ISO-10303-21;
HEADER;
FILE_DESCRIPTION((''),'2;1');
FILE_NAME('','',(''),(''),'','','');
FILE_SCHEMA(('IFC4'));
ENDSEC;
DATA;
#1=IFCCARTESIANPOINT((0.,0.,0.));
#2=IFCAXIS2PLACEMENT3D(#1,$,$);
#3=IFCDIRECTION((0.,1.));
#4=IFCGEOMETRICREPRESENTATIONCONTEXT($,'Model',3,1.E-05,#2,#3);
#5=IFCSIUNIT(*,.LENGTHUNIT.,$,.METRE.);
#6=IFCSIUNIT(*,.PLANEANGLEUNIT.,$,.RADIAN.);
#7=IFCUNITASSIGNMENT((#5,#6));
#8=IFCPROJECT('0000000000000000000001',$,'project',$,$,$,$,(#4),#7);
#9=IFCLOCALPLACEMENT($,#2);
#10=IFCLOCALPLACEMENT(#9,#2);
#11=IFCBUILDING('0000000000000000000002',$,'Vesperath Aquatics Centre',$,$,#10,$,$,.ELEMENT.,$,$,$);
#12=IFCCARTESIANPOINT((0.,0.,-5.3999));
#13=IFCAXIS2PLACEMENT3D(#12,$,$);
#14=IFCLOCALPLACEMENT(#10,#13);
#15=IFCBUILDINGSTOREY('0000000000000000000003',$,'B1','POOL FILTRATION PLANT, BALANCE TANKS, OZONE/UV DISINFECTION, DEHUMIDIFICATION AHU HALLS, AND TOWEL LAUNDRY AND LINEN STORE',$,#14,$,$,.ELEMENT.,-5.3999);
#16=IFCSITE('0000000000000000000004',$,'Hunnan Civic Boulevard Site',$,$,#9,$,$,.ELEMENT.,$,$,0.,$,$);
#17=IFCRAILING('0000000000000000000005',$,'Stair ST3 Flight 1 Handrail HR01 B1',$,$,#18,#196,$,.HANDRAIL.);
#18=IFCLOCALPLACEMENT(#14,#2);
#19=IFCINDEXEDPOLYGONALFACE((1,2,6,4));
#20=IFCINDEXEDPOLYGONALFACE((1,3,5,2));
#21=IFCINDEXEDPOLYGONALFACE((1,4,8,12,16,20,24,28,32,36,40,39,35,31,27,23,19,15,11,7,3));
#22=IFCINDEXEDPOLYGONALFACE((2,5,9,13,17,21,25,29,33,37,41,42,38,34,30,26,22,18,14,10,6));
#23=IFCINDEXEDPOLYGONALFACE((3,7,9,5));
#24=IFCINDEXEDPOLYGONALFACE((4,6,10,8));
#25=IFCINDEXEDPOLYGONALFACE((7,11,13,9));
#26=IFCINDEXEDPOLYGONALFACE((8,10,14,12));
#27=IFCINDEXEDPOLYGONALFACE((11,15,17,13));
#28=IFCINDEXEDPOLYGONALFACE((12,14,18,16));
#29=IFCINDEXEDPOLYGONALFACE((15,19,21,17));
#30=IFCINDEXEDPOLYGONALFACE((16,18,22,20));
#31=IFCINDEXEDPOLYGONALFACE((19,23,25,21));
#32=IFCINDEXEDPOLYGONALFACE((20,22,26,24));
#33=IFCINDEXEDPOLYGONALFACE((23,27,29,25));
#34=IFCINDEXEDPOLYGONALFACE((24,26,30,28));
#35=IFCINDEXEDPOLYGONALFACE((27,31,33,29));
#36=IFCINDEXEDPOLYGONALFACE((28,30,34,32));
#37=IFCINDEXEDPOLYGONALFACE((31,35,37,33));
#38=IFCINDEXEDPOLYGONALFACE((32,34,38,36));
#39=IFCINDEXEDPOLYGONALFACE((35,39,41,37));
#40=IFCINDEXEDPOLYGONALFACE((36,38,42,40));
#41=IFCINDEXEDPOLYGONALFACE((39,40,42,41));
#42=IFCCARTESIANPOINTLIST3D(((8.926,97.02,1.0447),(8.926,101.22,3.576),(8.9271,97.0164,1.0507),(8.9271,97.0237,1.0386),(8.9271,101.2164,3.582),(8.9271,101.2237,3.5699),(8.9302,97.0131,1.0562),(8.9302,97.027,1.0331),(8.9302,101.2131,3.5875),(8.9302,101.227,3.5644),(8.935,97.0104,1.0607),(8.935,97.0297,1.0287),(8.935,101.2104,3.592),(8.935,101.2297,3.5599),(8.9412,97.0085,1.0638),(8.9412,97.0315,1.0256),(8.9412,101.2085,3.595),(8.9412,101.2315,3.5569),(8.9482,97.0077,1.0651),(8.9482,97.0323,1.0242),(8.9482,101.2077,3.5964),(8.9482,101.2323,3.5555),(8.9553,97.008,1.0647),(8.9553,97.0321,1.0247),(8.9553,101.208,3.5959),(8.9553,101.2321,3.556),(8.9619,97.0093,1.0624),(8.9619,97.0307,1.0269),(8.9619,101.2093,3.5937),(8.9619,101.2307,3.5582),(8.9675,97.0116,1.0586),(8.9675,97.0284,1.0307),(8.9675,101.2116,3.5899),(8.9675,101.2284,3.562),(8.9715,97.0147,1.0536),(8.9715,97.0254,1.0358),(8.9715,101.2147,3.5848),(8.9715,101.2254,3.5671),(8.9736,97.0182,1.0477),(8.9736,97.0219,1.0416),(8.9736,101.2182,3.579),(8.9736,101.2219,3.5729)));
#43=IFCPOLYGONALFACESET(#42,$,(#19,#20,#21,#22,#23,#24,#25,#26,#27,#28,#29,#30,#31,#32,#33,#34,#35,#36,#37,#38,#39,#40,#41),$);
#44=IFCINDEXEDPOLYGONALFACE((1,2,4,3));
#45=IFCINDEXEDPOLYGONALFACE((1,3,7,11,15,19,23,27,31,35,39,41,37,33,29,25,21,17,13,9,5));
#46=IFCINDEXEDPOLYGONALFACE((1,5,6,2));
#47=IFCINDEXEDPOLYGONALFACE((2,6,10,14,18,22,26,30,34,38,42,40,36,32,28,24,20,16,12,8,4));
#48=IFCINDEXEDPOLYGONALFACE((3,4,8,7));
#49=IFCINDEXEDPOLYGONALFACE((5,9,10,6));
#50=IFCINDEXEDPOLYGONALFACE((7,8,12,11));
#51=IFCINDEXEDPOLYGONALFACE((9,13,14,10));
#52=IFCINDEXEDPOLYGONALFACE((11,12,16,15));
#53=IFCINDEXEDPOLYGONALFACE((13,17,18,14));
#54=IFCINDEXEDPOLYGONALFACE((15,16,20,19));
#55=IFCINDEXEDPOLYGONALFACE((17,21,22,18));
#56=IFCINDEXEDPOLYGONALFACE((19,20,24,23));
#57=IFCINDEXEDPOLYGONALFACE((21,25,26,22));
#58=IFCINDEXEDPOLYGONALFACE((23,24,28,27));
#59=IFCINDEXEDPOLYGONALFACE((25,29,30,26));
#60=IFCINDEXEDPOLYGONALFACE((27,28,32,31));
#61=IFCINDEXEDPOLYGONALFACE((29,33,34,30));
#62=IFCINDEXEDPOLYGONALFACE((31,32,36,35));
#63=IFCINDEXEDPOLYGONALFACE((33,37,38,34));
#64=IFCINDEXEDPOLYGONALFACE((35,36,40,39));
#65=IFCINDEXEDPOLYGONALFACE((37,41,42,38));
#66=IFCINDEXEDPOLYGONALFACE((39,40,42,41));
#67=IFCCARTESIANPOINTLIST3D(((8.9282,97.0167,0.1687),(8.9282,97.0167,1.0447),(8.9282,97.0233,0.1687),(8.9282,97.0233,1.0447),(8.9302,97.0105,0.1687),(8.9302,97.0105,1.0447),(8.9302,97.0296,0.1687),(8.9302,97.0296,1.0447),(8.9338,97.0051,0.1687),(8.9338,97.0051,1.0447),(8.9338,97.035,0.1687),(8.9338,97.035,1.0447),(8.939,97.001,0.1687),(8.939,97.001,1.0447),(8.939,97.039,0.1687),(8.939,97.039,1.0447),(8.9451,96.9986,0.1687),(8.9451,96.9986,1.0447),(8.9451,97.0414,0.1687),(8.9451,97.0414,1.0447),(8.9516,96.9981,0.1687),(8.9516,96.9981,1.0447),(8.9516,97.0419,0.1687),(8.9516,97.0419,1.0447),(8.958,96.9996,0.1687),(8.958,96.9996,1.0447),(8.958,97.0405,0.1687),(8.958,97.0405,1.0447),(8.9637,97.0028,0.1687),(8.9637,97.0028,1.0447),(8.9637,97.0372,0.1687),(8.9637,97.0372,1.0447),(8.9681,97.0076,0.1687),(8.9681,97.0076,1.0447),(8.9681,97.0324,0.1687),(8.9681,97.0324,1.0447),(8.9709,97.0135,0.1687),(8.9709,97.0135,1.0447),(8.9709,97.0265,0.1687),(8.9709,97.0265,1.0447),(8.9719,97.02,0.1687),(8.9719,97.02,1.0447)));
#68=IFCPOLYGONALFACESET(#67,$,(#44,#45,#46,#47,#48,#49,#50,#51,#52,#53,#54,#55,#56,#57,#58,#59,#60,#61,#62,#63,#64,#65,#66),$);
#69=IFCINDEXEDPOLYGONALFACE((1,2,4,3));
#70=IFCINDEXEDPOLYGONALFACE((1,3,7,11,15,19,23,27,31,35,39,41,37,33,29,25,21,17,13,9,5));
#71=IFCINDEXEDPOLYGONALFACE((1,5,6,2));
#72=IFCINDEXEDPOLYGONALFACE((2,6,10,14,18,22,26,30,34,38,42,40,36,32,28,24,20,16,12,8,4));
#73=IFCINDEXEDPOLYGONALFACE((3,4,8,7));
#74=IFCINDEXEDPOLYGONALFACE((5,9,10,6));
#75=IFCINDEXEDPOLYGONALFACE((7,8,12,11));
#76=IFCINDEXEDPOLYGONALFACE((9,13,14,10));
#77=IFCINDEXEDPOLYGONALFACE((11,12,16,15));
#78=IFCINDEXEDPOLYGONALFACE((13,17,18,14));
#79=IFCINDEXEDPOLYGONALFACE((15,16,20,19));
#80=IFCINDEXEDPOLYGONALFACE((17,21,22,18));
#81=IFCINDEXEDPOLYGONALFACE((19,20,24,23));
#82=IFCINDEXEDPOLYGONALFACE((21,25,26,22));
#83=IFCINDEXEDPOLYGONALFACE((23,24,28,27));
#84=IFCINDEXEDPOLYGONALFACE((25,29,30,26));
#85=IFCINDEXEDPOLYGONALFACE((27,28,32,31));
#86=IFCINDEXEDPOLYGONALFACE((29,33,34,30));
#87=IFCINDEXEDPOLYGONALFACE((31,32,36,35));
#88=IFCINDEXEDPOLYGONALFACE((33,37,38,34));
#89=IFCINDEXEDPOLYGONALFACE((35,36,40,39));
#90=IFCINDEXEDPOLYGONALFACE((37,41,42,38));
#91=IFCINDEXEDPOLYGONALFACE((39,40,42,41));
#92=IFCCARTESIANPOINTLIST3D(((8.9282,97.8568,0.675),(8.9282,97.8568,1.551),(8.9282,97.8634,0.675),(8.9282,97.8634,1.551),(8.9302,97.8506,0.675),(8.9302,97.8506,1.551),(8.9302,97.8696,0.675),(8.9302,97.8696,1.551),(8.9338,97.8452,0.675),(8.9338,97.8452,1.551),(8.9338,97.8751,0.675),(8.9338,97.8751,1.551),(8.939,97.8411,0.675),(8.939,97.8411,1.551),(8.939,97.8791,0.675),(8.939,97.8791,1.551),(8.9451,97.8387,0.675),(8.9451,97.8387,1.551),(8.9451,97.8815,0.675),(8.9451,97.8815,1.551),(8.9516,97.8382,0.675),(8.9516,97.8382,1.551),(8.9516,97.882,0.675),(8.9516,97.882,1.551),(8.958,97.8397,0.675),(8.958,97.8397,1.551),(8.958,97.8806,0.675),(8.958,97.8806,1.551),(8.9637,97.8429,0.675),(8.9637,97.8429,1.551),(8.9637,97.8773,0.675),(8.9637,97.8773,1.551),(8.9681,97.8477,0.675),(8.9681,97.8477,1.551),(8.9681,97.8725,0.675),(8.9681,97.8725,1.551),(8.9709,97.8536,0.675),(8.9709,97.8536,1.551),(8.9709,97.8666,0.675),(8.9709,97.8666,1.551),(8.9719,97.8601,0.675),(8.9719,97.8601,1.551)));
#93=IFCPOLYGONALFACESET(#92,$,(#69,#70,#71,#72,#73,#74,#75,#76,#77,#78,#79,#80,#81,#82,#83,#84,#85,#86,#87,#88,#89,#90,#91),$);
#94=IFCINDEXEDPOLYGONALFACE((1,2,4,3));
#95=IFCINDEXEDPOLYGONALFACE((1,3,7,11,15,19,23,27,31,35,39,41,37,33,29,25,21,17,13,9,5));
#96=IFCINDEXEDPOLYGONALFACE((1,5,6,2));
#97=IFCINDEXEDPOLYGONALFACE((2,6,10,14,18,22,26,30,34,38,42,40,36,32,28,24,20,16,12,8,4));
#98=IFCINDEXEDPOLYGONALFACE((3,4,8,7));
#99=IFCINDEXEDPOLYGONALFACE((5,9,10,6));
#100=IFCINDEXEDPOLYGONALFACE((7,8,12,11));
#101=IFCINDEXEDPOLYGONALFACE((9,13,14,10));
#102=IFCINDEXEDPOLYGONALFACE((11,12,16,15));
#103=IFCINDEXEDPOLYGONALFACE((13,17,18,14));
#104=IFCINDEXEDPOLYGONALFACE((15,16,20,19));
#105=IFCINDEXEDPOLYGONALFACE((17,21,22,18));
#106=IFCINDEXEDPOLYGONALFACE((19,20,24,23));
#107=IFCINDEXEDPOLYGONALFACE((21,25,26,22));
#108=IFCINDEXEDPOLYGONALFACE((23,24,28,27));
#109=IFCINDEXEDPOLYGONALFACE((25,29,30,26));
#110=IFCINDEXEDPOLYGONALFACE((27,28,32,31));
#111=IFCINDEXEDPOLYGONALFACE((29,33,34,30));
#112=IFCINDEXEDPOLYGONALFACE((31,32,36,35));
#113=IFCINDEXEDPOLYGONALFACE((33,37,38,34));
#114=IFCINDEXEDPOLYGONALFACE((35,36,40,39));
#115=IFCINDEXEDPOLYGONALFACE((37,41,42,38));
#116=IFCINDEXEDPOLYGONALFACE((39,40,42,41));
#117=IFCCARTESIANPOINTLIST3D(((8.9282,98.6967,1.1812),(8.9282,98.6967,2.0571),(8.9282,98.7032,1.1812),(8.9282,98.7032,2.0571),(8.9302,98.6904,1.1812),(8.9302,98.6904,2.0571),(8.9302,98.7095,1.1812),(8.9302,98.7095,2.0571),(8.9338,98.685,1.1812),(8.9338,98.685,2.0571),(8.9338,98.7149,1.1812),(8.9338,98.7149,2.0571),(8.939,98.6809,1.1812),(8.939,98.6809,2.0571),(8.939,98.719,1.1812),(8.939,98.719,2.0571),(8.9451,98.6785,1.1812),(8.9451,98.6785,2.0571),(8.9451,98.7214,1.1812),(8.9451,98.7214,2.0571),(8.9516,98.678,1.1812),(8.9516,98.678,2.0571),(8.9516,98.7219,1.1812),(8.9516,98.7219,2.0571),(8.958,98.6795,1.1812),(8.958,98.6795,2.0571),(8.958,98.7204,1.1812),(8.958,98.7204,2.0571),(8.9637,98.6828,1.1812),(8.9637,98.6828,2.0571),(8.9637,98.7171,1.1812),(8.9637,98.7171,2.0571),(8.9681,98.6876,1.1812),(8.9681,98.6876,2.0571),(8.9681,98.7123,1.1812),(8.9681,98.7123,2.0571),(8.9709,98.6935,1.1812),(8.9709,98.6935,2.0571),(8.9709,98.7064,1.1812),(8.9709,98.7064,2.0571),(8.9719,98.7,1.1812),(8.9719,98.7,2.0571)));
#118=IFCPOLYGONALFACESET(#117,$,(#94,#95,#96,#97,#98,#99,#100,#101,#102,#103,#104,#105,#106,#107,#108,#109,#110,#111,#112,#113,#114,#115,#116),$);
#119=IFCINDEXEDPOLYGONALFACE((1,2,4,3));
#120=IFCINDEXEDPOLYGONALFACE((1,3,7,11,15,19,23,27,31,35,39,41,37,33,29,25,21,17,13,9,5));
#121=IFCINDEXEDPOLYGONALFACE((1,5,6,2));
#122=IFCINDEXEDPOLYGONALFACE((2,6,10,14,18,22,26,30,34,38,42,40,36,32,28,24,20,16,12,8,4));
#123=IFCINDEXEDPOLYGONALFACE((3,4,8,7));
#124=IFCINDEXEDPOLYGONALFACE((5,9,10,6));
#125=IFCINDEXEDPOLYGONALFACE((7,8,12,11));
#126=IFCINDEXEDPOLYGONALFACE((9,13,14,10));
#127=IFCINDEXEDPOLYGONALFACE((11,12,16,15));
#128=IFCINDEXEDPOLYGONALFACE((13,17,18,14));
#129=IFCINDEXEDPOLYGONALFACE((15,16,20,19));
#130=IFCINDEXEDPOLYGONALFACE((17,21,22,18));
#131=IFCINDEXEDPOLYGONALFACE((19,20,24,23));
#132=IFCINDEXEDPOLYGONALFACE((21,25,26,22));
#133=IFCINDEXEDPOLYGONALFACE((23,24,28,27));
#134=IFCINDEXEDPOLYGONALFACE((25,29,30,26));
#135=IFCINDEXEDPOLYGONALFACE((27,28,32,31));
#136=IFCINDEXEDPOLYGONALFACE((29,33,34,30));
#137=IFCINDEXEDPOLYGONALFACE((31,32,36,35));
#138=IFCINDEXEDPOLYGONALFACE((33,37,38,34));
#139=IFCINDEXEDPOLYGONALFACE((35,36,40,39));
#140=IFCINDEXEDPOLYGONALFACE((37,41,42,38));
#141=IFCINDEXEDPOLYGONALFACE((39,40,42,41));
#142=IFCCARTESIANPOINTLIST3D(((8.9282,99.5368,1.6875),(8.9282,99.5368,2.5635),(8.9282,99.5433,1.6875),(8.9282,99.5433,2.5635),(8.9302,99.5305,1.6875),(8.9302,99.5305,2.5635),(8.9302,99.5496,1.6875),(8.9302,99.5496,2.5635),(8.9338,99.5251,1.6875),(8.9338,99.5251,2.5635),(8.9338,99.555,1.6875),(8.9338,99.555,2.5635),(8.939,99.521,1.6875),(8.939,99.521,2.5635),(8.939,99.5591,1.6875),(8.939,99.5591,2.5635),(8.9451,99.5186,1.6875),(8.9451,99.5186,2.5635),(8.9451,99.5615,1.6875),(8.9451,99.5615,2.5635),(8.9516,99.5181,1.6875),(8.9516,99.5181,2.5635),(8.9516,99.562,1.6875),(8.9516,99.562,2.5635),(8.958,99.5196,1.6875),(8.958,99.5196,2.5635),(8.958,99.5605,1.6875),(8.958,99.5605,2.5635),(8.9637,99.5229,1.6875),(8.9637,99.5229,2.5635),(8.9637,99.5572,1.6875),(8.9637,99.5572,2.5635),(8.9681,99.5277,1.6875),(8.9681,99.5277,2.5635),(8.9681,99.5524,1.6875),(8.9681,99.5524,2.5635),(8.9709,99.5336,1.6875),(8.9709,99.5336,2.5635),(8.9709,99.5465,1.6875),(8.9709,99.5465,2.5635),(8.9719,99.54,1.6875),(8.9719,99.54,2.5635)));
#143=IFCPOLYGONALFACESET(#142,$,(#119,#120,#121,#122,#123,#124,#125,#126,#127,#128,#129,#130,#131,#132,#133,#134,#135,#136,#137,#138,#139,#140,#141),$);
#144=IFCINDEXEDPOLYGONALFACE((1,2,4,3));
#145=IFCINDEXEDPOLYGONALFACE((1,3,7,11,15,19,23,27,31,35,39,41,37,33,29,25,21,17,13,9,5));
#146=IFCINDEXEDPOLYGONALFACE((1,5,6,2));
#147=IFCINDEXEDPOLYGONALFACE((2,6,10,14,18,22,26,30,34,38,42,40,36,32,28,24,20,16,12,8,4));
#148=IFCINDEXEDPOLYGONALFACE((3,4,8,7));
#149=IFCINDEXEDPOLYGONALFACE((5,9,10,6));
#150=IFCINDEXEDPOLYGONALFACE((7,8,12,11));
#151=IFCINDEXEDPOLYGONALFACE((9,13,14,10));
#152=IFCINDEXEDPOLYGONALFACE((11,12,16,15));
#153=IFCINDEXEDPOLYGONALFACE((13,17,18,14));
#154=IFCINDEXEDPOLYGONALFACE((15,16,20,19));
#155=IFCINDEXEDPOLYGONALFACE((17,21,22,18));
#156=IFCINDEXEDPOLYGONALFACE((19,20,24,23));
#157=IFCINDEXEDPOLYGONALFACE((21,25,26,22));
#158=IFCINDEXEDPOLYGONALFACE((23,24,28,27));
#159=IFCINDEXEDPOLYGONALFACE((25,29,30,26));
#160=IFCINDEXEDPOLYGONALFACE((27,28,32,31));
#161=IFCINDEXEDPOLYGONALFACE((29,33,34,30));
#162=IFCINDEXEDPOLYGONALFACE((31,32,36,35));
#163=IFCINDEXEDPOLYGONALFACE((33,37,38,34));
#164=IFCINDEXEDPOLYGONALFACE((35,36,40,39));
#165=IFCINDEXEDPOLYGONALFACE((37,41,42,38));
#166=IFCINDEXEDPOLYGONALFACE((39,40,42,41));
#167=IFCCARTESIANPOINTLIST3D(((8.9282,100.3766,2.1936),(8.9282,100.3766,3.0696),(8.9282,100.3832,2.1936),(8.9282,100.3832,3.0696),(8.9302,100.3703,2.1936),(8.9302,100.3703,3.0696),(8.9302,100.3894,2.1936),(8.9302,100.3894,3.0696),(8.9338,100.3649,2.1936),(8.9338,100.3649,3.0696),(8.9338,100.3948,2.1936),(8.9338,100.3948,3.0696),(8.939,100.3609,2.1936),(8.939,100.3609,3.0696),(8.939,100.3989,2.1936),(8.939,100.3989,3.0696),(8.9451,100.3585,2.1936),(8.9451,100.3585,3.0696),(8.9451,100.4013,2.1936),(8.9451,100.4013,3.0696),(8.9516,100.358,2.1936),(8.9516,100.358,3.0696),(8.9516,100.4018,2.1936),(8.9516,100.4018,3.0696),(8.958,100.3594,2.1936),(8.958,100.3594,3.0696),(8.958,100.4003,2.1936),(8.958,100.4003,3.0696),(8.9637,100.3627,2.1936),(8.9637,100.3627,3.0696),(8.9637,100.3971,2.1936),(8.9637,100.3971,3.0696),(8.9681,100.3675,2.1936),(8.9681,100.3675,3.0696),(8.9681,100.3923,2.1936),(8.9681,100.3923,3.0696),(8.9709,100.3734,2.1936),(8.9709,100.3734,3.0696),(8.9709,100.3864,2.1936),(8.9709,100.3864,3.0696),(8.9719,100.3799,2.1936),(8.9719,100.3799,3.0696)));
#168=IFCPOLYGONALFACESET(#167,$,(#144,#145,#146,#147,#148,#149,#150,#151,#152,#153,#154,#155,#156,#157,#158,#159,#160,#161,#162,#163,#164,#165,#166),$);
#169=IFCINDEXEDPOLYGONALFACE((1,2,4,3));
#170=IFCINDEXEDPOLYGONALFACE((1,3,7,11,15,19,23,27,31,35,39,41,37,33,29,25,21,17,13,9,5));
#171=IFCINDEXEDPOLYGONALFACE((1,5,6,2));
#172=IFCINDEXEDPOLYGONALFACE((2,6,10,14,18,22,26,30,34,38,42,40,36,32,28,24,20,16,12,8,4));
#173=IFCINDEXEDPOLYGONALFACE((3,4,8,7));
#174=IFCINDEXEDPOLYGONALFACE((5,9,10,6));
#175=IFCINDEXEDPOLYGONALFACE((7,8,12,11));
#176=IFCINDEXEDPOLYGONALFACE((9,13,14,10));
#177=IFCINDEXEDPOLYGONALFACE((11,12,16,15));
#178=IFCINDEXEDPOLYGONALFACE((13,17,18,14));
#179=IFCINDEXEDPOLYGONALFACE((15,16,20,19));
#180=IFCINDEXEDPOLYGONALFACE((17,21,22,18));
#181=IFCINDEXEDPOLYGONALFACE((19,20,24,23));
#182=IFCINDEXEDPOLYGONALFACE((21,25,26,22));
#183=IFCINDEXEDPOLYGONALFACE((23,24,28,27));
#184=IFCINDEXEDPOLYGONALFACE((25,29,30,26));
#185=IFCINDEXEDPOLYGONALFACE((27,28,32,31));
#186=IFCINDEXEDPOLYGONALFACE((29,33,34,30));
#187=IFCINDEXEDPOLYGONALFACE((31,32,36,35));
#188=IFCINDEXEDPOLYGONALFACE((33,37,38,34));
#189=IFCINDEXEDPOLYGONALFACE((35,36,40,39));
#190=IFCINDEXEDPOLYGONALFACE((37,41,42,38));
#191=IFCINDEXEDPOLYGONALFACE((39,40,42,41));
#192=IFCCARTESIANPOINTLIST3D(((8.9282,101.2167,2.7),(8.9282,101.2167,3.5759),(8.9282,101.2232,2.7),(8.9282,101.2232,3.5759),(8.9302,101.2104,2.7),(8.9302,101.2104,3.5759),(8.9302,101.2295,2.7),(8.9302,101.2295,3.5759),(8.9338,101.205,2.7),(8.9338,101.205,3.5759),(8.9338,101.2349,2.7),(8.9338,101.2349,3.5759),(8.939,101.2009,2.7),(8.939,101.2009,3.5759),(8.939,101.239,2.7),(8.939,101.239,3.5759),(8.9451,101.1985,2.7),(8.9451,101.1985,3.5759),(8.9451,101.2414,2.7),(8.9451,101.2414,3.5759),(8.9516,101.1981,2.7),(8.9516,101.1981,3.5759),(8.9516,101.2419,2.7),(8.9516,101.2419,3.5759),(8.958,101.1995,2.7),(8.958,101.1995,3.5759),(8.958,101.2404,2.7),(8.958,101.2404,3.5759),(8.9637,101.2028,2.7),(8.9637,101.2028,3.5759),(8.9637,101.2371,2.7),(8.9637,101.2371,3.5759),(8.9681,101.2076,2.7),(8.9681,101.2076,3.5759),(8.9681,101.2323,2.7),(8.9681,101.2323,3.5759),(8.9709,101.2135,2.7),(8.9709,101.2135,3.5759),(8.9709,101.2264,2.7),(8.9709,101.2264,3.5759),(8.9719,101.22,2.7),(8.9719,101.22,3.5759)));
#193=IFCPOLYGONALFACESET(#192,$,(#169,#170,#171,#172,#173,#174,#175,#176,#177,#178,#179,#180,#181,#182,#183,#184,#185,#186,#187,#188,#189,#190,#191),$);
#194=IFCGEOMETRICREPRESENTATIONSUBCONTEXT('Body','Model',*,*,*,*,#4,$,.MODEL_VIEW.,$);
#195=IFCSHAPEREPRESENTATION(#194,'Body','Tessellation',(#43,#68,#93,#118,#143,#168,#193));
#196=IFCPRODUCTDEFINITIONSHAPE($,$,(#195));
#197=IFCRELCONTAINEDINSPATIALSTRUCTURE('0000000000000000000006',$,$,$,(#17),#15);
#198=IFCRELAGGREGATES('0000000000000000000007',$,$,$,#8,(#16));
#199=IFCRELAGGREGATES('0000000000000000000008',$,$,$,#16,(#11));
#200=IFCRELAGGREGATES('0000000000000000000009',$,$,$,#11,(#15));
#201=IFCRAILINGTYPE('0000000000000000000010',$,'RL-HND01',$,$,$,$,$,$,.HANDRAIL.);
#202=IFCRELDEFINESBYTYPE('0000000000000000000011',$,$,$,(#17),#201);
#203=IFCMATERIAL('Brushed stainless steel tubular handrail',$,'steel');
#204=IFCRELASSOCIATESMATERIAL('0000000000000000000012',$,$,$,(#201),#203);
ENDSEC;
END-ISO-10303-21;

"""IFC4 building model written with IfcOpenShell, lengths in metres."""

from ifc_helpers import new_model, si_unit, direction, frame, origin, origin_2d, place, context, subcontext, project, spatial, circle, extrude, material, type_object, element, save


model = new_model("IFC4")

# Units and contexts
model_context = context("Model", 3, precision=1e-05, world=origin(), true_north=direction((0.0, 1.0)))
body_context = subcontext(model_context, "Body", "Model", "MODEL_VIEW")
ifc_project = project(units=[si_unit("LENGTHUNIT", "METRE"), si_unit("PLANEANGLEUNIT", "RADIAN")], contexts=[model_context])

# Site, building, storey
site_placement = place(None, origin())
site = spatial("IfcSite", under=ifc_project, at=site_placement, Name="Hunnan Civic Boulevard Site", CompositionType="ELEMENT", RefElevation=0.0)
building_placement = place(site_placement, origin())
building = spatial("IfcBuilding", under=site, at=building_placement, Name="Vesperath Aquatics Centre", CompositionType="ELEMENT")
storey_placement = place(building_placement, frame((0.0, 0.0, -5.3999)))
storey = spatial("IfcBuildingStorey", under=building, at=storey_placement, Name="B1", Description="POOL FILTRATION PLANT, BALANCE TANKS, OZONE/UV DISINFECTION, DEHUMIDIFICATION AHU HALLS, AND TOWEL LAUNDRY AND LINEN STORE", CompositionType="ELEMENT", Elevation=-5.3999)

# Railing
ifc_material_1 = material(Name="Brushed stainless steel tubular handrail", Category="steel")
railing_type_1 = type_object("IfcRailingType", Name="RL-HND01", PredefinedType="HANDRAIL", material=ifc_material_1)
railing_1_placement = place(storey_placement, frame((8.95, 97.02, 0.1687)))
element("IfcRailing", 1, at=railing_1_placement, inside=storey, type_object=railing_type_1, Name="Stair ST3 Flight 1 Handrail HR01 B1", PredefinedType="HANDRAIL", context=body_context, shape_type="SweptSolid", body=[
    extrude(circle(Radius=0.0239, at=origin_2d()), frame((0.0, 0.0, 0.876), z_axis=(0.0, 0.856476, 0.516186), x_axis=(-1.0, 0.0, 0.0)), (0.0, 0.0, 1.0), 4.9038),
    extrude(circle(Radius=0.022, at=origin_2d()), origin(), (0.0, 0.0, 1.0), 0.876),
    extrude(circle(Radius=0.022, at=origin_2d()), frame((0.0, 0.8401, 0.5063)), (0.0, 0.0, 1.0), 0.876),
    extrude(circle(Radius=0.022, at=origin_2d()), frame((0.0, 1.6799, 1.0125)), (0.0, 0.0, 1.0), 0.876),
    extrude(circle(Radius=0.022, at=origin_2d()), frame((0.0, 2.52, 1.5188)), (0.0, 0.0, 1.0), 0.876),
    extrude(circle(Radius=0.022, at=origin_2d()), frame((0.0, 3.3599, 2.0249)), (0.0, 0.0, 1.0), 0.876),
    extrude(circle(Radius=0.022, at=origin_2d()), frame((0.0, 4.2, 2.5312)), (0.0, 0.0, 1.0), 0.876),
])

save(model, "model.ifc")
